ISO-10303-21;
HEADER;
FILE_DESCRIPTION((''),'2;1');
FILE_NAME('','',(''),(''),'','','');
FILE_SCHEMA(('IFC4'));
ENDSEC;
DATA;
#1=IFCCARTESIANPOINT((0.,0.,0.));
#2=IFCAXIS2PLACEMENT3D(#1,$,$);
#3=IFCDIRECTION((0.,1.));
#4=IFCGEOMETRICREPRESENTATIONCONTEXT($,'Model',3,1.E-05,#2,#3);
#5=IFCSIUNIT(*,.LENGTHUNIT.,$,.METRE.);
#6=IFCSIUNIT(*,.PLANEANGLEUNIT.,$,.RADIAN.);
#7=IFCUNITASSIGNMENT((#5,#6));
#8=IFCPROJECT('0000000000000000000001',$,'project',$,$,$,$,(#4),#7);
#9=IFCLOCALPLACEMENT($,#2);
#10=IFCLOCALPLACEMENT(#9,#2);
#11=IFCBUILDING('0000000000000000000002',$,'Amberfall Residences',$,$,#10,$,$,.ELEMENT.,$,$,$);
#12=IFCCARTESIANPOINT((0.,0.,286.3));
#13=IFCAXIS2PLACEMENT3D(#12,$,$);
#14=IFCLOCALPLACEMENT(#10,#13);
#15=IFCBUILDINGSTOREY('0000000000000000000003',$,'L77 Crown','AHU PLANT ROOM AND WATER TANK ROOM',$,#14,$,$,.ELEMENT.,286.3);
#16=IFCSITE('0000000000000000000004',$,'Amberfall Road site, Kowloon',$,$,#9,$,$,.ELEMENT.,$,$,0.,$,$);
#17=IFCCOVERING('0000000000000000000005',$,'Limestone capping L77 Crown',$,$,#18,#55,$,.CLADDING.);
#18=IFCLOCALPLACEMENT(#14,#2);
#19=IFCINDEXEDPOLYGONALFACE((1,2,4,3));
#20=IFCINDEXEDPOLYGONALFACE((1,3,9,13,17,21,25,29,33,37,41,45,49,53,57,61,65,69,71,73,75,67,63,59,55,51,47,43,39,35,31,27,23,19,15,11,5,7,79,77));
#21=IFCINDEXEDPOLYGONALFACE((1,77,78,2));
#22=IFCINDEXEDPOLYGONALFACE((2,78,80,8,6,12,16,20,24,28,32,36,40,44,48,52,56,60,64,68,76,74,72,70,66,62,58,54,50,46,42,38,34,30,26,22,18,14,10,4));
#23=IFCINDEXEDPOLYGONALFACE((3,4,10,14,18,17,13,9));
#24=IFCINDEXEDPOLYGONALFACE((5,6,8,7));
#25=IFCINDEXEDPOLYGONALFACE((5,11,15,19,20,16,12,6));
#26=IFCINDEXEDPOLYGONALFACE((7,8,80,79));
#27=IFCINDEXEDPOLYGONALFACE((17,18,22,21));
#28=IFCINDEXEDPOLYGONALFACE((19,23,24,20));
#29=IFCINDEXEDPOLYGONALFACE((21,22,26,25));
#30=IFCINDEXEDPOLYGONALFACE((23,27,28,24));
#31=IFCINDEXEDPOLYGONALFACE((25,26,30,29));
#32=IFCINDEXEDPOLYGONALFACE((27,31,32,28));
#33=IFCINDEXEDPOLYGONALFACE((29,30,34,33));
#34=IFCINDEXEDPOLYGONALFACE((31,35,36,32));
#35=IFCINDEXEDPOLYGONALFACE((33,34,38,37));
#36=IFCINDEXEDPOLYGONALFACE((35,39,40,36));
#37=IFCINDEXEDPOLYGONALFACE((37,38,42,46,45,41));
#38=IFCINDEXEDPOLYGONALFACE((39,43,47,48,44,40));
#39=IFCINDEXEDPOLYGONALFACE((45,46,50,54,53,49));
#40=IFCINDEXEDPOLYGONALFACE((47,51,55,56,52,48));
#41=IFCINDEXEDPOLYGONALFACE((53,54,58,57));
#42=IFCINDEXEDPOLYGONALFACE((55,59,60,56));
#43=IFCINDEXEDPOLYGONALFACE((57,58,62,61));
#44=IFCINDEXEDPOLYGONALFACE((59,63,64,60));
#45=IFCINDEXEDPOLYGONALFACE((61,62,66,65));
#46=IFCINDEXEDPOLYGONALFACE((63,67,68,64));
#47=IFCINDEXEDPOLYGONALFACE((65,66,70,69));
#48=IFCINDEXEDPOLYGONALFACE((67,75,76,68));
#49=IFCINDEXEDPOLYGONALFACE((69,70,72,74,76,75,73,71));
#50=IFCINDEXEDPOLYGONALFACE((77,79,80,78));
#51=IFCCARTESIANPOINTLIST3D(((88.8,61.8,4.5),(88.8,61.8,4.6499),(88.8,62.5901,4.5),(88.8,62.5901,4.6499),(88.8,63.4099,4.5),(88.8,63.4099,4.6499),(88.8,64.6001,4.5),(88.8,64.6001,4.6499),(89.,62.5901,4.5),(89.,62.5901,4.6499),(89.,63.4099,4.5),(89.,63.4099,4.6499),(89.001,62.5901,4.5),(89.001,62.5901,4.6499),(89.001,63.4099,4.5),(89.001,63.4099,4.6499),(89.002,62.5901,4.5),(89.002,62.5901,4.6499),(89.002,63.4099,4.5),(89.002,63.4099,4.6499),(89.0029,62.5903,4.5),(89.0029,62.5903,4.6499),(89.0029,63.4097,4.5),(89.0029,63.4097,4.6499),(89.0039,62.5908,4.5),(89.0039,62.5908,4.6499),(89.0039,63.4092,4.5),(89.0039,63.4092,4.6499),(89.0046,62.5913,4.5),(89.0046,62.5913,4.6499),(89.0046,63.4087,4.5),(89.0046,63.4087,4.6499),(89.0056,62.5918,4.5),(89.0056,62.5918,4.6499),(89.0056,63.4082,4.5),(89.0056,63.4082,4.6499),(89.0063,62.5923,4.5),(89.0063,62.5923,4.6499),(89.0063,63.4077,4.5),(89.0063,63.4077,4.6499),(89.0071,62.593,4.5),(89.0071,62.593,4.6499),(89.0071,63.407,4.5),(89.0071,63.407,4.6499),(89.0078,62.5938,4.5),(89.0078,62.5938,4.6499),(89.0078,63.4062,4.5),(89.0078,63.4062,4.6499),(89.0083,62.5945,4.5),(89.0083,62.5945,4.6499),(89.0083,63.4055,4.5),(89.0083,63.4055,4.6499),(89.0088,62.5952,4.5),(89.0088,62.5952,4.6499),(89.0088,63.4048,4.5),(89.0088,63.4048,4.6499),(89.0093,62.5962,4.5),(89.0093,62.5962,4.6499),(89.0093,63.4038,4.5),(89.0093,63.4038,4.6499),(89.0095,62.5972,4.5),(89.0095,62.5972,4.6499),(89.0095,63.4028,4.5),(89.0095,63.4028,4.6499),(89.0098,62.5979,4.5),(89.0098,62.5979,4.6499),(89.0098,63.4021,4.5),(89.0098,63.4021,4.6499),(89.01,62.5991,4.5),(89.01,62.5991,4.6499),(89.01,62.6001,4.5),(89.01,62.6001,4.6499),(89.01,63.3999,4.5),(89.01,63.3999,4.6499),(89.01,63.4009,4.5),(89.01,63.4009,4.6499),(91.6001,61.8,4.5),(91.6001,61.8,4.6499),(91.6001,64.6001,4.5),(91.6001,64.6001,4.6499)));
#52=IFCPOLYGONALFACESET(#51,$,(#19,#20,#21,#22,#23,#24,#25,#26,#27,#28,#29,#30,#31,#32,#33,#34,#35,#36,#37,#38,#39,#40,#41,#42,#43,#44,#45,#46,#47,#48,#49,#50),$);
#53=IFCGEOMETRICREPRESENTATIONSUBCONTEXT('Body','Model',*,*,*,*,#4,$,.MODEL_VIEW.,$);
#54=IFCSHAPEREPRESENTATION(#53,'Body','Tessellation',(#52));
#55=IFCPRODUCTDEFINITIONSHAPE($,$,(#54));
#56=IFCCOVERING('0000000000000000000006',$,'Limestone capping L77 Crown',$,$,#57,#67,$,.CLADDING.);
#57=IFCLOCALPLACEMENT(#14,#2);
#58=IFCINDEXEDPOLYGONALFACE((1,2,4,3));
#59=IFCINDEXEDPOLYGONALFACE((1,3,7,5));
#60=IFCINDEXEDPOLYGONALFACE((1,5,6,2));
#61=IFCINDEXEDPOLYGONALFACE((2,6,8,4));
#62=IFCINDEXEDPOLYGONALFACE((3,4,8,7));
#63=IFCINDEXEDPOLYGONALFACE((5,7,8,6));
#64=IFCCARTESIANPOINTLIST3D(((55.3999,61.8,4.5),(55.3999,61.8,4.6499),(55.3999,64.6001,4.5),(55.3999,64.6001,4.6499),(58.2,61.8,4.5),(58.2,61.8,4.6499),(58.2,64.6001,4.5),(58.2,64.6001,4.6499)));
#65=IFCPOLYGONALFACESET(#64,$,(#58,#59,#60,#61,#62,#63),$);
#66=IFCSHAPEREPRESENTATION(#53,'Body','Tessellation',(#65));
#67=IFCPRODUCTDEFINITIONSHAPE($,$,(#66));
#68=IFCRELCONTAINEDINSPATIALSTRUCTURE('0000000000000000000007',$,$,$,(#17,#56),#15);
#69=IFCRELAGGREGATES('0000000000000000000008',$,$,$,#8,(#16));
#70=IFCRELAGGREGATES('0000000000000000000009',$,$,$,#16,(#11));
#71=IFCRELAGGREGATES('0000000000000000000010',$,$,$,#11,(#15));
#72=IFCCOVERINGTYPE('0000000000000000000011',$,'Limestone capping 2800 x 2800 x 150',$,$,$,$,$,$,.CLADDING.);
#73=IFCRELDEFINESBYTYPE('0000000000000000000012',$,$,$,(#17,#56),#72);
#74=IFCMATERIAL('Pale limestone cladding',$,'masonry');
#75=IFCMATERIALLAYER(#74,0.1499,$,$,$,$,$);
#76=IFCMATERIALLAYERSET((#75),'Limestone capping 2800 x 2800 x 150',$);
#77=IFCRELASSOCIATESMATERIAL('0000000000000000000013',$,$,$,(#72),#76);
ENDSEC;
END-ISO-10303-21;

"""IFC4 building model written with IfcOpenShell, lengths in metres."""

from ifc_helpers import new_model, si_unit, direction, frame, origin, place, context, subcontext, project, spatial, polyline, outline, extrude, material, layer, layer_set, type_object, element, save


model = new_model("IFC4")

# Units and contexts
model_context = context("Model", 3, precision=1e-05, world=origin(), true_north=direction((0.0, 1.0)))
body_context = subcontext(model_context, "Body", "Model", "MODEL_VIEW")
ifc_project = project(units=[si_unit("LENGTHUNIT", "METRE"), si_unit("PLANEANGLEUNIT", "RADIAN")], contexts=[model_context])

# Site, building, storey
site_placement = place(None, origin())
site = spatial("IfcSite", under=ifc_project, at=site_placement, Name="Amberfall Road site, Kowloon", CompositionType="ELEMENT", RefElevation=0.0)
building_placement = place(site_placement, origin())
building = spatial("IfcBuilding", under=site, at=building_placement, Name="Amberfall Residences", CompositionType="ELEMENT")
storey_placement = place(building_placement, frame((0.0, 0.0, 286.3)))
storey = spatial("IfcBuildingStorey", under=building, at=storey_placement, Name="L77 Crown", Description="AHU PLANT ROOM AND WATER TANK ROOM", CompositionType="ELEMENT", Elevation=286.3)

# Coverings
ifc_material_1 = material(Name="Pale limestone cladding", Category="masonry")
ifc_layer_1 = layer(ifc_material_1, 0.1499)
ifc_layer_set_1 = layer_set([ifc_layer_1], Name="Limestone capping 2800 x 2800 x 150")
covering_type = type_object("IfcCoveringType", Name="Limestone capping 2800 x 2800 x 150", PredefinedType="CLADDING", material=ifc_layer_set_1)
covering_1_placement = place(storey_placement, frame((0.0, 0.0, 4.5)))
element("IfcCovering", 1, at=covering_1_placement, inside=storey, type_object=covering_type, Name="Limestone capping L77 Crown", PredefinedType="CLADDING", context=body_context, shape_type="SweptSolid", body=[
    extrude(outline(polyline([(88.8, 64.6001), (88.8, 63.4099), (89.0, 63.4099), (89.001, 63.4099), (89.002, 63.4099), (89.0029, 63.4097), (89.0039, 63.4092), (89.0046, 63.4087), (89.0056, 63.4082), (89.0063, 63.4077), (89.0071, 63.407), (89.0078, 63.4062), (89.0083, 63.4055), (89.0088, 63.4048), (89.0093, 63.4038), (89.0095, 63.4028), (89.0098, 63.4021), (89.01, 63.4009), (89.01, 63.3999), (89.01, 62.6001), (89.01, 62.5991), (89.0098, 62.5979), (89.0095, 62.5972), (89.0093, 62.5962), (89.0088, 62.5952), (89.0083, 62.5945), (89.0078, 62.5938), (89.0071, 62.593), (89.0063, 62.5923), (89.0056, 62.5918), (89.0046, 62.5913), (89.0039, 62.5908), (89.0029, 62.5903), (89.002, 62.5901), (89.001, 62.5901), (89.0, 62.5901), (88.8, 62.5901), (88.8, 61.8), (91.6001, 61.8), (91.6001, 64.6001), (88.8, 64.6001)])), origin(), (0.0, 0.0, 1.0), 0.1499),
])
covering_2_placement = place(storey_placement, frame((0.0, 0.0, 4.5)))
element("IfcCovering", 2, at=covering_2_placement, inside=storey, type_object=covering_type, Name="Limestone capping L77 Crown", PredefinedType="CLADDING", context=body_context, shape_type="SweptSolid", body=[
    extrude(outline(polyline([(58.2, 64.6001), (55.3999, 64.6001), (55.3999, 61.8), (58.2, 61.8), (58.2, 64.6001)])), origin(), (0.0, 0.0, 1.0), 0.1499),
])

save(model, "model.ifc")
